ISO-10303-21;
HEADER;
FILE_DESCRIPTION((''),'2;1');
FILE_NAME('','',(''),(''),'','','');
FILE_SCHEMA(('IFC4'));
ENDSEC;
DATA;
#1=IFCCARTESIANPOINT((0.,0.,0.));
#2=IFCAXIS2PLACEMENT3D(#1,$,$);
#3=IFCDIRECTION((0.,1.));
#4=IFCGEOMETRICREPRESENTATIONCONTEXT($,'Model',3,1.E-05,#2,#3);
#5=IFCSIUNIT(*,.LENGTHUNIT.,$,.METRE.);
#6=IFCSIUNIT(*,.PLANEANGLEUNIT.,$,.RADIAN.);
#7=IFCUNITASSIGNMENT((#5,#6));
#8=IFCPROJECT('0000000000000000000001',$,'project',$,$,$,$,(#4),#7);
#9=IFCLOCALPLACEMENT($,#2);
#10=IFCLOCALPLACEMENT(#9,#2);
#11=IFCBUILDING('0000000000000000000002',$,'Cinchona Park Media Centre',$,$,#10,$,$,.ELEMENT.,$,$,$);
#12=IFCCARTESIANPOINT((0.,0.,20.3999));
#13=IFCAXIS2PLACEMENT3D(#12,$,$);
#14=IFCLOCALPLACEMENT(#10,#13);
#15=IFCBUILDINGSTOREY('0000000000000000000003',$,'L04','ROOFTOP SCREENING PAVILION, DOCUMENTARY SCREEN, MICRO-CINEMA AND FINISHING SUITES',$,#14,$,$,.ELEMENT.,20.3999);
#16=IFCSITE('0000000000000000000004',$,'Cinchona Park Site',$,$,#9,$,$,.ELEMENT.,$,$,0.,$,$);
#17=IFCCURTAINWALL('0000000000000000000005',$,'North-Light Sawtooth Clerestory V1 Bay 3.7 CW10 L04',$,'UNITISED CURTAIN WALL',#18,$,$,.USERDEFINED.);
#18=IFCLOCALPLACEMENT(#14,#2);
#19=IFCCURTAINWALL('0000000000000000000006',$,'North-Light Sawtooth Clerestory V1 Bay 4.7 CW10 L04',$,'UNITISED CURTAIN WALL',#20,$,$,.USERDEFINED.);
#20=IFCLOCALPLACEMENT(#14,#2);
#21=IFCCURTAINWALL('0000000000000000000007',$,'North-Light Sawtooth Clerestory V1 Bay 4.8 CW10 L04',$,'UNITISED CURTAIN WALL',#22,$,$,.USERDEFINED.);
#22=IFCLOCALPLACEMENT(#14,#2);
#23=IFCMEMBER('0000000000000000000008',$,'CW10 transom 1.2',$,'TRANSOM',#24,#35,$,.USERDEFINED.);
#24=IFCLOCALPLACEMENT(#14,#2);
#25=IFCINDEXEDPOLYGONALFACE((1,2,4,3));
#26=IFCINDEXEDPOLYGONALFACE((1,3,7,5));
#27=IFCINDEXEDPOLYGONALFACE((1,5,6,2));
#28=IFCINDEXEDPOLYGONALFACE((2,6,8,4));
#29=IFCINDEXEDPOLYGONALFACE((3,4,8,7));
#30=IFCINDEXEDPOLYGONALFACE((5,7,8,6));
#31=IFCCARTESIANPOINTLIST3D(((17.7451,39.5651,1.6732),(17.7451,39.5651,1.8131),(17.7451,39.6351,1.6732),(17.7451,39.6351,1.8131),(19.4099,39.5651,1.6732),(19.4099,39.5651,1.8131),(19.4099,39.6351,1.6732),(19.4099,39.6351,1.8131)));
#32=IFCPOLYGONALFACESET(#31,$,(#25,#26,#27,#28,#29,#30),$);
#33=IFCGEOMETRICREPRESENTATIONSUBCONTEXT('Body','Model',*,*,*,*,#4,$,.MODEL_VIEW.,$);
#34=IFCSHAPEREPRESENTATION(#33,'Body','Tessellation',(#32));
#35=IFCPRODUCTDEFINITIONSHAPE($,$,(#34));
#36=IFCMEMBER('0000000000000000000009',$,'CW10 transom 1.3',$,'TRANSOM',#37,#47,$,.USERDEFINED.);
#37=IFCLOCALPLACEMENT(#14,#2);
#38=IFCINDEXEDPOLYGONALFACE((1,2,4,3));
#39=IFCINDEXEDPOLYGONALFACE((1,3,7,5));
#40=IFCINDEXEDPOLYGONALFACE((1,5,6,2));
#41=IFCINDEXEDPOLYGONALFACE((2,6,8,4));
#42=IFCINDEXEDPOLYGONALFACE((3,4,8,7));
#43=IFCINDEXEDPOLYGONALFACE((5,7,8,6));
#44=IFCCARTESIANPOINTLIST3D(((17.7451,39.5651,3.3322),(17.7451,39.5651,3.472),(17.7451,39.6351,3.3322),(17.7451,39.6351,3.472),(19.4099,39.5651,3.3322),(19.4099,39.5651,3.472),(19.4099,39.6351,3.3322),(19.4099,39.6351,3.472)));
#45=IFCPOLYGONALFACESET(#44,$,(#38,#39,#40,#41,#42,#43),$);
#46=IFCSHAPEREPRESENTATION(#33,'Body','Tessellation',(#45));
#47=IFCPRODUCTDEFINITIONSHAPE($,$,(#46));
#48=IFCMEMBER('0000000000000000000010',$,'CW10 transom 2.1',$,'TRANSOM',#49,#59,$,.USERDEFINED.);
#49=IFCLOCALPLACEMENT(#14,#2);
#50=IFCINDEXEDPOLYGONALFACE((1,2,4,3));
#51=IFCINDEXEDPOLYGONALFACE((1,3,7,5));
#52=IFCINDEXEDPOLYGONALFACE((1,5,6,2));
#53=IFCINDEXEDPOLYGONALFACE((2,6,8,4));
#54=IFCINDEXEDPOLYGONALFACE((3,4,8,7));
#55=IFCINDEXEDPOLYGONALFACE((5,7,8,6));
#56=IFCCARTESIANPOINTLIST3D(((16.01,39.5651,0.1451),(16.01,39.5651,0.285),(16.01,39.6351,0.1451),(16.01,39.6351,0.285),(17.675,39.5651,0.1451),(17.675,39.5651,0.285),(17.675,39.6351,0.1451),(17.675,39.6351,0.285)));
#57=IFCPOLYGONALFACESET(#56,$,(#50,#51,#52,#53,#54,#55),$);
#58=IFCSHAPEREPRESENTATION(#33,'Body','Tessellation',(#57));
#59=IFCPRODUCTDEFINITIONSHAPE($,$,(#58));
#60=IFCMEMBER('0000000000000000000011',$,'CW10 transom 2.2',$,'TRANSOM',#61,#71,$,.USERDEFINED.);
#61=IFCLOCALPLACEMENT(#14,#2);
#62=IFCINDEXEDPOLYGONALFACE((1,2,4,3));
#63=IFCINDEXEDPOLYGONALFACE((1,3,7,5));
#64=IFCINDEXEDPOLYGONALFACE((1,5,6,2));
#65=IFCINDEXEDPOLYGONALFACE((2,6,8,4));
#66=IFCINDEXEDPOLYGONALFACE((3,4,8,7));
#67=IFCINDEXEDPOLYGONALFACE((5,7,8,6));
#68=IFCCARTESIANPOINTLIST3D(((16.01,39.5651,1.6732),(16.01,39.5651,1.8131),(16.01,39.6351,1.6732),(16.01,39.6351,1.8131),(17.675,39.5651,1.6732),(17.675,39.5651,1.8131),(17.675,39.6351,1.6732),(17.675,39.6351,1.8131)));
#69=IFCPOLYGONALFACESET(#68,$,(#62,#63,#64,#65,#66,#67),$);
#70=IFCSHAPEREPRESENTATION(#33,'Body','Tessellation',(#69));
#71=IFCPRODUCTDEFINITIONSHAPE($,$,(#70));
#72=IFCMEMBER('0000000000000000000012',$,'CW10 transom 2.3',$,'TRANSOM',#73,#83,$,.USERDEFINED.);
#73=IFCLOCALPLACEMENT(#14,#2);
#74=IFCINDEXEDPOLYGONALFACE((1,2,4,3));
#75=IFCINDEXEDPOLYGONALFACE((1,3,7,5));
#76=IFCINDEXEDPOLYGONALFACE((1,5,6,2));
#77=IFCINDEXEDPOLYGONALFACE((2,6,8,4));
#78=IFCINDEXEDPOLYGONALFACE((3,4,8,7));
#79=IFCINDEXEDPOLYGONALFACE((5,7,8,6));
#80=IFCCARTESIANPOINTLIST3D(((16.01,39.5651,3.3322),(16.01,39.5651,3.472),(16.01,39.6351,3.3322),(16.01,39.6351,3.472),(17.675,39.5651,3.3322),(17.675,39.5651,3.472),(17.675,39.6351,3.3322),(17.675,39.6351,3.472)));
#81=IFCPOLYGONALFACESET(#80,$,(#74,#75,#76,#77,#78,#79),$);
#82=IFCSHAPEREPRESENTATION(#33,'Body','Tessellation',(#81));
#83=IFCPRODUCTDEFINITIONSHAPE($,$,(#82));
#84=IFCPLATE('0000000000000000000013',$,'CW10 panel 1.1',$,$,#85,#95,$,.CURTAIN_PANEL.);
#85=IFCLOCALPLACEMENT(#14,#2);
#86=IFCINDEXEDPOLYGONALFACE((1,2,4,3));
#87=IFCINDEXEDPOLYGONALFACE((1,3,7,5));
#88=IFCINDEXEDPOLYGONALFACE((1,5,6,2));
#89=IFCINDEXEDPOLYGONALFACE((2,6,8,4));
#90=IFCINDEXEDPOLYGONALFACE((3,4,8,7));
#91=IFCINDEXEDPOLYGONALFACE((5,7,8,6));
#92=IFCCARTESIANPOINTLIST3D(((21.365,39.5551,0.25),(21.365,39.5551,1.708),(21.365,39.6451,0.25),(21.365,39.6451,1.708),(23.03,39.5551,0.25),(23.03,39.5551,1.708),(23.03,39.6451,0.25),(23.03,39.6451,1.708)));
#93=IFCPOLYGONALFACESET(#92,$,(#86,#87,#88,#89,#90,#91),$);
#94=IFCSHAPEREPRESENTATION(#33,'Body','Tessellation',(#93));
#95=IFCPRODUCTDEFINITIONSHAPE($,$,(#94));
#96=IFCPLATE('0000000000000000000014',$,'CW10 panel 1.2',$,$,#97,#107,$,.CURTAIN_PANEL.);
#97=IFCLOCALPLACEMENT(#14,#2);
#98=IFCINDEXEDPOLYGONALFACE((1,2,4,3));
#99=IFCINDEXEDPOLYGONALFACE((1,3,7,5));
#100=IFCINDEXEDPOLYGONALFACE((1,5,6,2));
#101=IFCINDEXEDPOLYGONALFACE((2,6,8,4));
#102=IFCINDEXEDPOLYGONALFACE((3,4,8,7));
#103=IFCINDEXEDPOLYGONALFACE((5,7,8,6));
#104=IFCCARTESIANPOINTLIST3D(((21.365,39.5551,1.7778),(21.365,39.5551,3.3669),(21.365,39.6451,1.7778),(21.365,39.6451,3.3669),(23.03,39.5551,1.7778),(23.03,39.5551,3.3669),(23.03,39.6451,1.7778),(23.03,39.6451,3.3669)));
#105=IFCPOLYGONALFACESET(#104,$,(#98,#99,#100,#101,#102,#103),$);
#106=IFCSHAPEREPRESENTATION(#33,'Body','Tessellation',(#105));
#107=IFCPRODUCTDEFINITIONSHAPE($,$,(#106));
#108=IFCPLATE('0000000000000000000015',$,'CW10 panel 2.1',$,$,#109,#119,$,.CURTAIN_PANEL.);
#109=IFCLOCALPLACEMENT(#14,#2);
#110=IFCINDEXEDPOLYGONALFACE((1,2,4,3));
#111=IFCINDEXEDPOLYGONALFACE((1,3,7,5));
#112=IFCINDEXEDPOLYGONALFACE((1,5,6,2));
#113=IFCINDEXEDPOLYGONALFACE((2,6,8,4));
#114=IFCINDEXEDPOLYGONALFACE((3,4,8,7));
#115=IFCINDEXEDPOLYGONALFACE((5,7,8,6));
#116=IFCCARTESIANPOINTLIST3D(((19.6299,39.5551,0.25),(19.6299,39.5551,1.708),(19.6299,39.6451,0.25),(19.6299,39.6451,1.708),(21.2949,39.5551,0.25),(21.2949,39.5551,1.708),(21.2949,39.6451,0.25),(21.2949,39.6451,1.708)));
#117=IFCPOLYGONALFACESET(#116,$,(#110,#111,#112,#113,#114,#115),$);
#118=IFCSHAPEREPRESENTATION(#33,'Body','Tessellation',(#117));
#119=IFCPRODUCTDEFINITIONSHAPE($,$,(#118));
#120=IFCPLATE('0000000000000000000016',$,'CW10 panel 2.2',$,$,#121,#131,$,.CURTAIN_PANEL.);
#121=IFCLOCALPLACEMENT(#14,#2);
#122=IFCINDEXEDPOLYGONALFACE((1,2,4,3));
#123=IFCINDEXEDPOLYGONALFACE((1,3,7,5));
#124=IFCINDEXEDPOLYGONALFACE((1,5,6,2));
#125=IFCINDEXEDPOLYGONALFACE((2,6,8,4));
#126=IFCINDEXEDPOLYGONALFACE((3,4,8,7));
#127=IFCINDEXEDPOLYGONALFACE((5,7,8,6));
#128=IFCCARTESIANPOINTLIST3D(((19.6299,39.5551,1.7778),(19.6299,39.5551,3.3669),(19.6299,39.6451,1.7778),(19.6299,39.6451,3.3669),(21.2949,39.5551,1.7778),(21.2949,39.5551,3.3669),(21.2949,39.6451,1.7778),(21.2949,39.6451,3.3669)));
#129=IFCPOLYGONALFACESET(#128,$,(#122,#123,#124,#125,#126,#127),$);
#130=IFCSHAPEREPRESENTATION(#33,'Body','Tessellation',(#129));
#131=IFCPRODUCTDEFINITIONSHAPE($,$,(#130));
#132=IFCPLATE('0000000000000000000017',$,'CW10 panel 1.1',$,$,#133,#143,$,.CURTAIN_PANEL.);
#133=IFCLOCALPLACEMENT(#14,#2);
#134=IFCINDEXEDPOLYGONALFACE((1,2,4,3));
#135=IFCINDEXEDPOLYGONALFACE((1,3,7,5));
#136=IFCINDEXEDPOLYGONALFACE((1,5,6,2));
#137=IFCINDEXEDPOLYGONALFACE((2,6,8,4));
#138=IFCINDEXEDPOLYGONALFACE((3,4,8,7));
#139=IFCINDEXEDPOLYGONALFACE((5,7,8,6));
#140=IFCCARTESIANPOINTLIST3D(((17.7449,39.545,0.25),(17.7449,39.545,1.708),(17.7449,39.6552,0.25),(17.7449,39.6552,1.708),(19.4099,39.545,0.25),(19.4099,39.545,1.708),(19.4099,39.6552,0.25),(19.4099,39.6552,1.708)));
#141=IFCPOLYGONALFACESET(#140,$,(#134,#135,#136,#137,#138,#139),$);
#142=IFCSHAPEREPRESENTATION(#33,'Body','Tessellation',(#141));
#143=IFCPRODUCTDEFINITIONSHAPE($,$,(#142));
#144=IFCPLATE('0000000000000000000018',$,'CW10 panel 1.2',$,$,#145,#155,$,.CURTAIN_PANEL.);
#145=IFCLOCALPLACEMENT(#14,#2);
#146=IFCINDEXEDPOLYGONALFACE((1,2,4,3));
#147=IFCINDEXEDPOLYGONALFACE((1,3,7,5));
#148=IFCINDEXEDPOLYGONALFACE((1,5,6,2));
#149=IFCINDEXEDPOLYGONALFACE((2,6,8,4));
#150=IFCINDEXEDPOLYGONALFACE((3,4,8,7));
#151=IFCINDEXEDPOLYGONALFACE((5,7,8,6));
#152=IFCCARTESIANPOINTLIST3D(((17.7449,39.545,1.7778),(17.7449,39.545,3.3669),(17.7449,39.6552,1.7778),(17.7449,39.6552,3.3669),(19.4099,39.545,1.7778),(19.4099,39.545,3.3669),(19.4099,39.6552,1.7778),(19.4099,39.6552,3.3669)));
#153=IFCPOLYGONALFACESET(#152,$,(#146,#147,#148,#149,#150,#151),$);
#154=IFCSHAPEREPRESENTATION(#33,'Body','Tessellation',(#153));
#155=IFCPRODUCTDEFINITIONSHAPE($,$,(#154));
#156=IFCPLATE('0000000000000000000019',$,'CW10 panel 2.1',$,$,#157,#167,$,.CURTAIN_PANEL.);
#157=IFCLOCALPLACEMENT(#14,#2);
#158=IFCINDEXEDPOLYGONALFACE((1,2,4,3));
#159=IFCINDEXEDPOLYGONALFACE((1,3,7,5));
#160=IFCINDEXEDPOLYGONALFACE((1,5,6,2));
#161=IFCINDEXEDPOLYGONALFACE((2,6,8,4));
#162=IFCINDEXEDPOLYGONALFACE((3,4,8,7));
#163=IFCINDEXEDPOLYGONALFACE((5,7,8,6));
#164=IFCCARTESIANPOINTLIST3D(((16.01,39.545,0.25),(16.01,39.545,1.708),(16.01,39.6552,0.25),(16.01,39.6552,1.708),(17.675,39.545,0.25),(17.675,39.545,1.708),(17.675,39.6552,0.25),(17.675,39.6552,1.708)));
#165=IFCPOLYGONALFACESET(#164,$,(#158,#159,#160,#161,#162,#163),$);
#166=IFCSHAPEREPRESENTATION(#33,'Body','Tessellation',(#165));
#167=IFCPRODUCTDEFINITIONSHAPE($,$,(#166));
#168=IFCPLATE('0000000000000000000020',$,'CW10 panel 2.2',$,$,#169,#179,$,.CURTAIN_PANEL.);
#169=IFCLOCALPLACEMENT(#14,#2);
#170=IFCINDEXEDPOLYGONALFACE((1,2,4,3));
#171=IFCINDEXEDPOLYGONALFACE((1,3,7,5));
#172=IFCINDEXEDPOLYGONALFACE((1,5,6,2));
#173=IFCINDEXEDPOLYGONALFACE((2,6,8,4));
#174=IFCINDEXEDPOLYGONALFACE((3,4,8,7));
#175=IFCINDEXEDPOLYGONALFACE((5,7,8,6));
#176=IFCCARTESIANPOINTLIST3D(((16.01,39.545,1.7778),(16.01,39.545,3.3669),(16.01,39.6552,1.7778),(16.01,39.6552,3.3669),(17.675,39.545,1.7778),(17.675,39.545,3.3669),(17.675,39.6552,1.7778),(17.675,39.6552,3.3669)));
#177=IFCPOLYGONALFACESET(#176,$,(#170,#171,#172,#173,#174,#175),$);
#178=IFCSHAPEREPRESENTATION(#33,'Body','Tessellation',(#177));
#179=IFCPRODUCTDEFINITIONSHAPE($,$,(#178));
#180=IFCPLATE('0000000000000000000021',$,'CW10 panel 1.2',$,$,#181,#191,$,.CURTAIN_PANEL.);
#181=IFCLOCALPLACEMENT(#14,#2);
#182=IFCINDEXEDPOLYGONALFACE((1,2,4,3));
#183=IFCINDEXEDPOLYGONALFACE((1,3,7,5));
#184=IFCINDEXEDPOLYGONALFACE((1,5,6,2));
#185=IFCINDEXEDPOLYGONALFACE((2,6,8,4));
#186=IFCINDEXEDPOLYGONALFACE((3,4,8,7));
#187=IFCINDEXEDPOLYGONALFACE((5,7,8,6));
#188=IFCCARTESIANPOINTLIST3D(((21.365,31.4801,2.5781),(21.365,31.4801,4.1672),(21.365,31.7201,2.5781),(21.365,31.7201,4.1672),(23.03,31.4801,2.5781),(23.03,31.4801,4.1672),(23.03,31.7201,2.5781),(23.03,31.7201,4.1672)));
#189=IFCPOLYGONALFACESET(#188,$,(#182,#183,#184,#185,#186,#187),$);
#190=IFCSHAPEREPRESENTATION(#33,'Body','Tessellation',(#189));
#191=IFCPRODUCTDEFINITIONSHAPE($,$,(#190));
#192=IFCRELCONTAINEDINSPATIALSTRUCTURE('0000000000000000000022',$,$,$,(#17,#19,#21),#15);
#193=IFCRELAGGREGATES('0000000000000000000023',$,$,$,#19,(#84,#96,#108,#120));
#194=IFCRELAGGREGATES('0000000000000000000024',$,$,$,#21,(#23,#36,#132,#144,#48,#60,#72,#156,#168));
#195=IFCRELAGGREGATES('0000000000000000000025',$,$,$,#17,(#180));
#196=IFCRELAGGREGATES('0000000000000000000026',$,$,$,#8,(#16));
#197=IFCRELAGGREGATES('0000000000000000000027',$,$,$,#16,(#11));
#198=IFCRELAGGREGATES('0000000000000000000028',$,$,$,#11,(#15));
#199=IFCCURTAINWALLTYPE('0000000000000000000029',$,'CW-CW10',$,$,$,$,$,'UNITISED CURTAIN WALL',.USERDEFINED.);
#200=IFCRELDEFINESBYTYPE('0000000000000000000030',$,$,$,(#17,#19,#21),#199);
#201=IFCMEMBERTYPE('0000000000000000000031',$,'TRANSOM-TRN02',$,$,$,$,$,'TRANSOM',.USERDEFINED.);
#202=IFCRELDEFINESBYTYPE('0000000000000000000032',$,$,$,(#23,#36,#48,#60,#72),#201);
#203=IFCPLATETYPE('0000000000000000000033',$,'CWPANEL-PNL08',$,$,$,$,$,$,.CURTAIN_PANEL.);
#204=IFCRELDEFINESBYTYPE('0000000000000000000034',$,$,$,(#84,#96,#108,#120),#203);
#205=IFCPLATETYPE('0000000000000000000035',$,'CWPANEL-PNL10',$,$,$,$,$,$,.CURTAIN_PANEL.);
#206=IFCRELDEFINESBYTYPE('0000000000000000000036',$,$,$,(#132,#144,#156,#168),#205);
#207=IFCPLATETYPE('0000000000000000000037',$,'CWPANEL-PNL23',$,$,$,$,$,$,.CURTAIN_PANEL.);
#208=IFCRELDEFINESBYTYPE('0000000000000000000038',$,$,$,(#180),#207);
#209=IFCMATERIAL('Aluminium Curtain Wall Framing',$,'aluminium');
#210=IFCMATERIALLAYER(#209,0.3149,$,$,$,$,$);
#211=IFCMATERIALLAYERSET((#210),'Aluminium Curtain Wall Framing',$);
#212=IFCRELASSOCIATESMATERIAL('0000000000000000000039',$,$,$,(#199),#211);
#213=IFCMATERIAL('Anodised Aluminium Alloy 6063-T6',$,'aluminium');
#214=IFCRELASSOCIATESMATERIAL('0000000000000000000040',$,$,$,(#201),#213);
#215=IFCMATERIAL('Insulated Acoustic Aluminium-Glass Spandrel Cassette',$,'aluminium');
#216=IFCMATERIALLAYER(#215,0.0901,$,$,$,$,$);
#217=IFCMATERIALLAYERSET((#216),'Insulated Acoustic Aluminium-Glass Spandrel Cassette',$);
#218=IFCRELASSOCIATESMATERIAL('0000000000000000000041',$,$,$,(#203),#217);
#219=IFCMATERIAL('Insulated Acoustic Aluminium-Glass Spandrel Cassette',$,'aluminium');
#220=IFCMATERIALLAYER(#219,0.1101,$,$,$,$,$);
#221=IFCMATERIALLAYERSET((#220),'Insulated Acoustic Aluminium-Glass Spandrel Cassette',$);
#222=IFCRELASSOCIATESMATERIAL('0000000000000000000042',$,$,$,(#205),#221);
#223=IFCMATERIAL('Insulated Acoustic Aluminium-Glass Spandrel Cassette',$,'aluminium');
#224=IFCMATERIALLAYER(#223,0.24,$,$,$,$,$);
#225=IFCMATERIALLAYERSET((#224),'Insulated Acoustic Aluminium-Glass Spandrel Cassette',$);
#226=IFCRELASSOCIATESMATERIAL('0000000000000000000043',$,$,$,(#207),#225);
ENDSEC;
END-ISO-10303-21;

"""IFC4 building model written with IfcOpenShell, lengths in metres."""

from ifc_helpers import new_model, si_unit, direction, frame, origin, origin_2d, place, context, subcontext, project, spatial, rectangle, extrude, material, layer, layer_set, material_profile, profile_set, type_object, element, aggregate, save


model = new_model("IFC4")

# Units and contexts
model_context = context("Model", 3, precision=1e-05, world=origin(), true_north=direction((0.0, 1.0)))
body_context = subcontext(model_context, "Body", "Model", "MODEL_VIEW")
ifc_project = project(units=[si_unit("LENGTHUNIT", "METRE"), si_unit("PLANEANGLEUNIT", "RADIAN")], contexts=[model_context])

# Site, building, storey
site_placement = place(None, origin())
site = spatial("IfcSite", under=ifc_project, at=site_placement, Name="Cinchona Park Site", CompositionType="ELEMENT", RefElevation=0.0)
building_placement = place(site_placement, origin())
building = spatial("IfcBuilding", under=site, at=building_placement, Name="Cinchona Park Media Centre", CompositionType="ELEMENT")
storey_placement = place(building_placement, frame((0.0, 0.0, 20.3999)))
storey = spatial("IfcBuildingStorey", under=building, at=storey_placement, Name="L04", Description="ROOFTOP SCREENING PAVILION, DOCUMENTARY SCREEN, MICRO-CINEMA AND FINISHING SUITES", CompositionType="ELEMENT", Elevation=20.3999)

# Curtain wall
ifc_material_1 = material(Name="Aluminium Curtain Wall Framing", Category="aluminium")
ifc_layer_1 = layer(ifc_material_1, 0.3149)
ifc_layer_set_1 = layer_set([ifc_layer_1], Name="Aluminium Curtain Wall Framing")
curtain_wall_type = type_object("IfcCurtainWallType", Name="CW-CW10", ElementType="UNITISED CURTAIN WALL", PredefinedType="USERDEFINED", material=ifc_layer_set_1)
curtain_wall_1_placement = place(storey_placement, origin())
curtain_wall_1 = element("IfcCurtainWall", 1, at=curtain_wall_1_placement, inside=storey, type_object=curtain_wall_type, Name="North-Light Sawtooth Clerestory V1 Bay 3.7 CW10 L04", ObjectType="UNITISED CURTAIN WALL", PredefinedType="USERDEFINED")

# Curtain walls
curtain_wall_2_placement = place(storey_placement, origin())
curtain_wall_2 = element("IfcCurtainWall", 2, at=curtain_wall_2_placement, inside=storey, type_object=curtain_wall_type, Name="North-Light Sawtooth Clerestory V1 Bay 4.7 CW10 L04", ObjectType="UNITISED CURTAIN WALL", PredefinedType="USERDEFINED")
curtain_wall_3_placement = place(storey_placement, origin())
curtain_wall_3 = element("IfcCurtainWall", 3, at=curtain_wall_3_placement, inside=storey, type_object=curtain_wall_type, Name="North-Light Sawtooth Clerestory V1 Bay 4.8 CW10 L04", ObjectType="UNITISED CURTAIN WALL", PredefinedType="USERDEFINED")

# Members
ifc_material_2 = material(Name="Anodised Aluminium Alloy 6063-T6", Category="aluminium")
ifc_material_profile_1 = material_profile(ifc_material_2, rectangle(XDim=0.0701, YDim=0.1399, at=origin_2d()), Name="TRN-70X140")
ifc_profile_set_1 = profile_set([ifc_material_profile_1], Name="Anodised Aluminium Alloy 6063-T6")
member_type_1 = type_object("IfcMemberType", Name="TRANSOM-TRN02", ElementType="TRANSOM", PredefinedType="USERDEFINED", material=ifc_profile_set_1)
member_1_placement = place(storey_placement, frame((19.4099, 39.6001, 1.7432), z_axis=(-1.0, 0.0, 0.0), x_axis=(0.0, -1.0, 0.0)))
member_1 = element("IfcMember", 4, at=member_1_placement, type_object=member_type_1, Name="CW10 transom 1.2", ObjectType="TRANSOM", PredefinedType="USERDEFINED", context=body_context, shape_type="SweptSolid", body=[
    extrude(rectangle(XDim=0.0701, YDim=0.1399, at=origin_2d()), origin(), (0.0, 0.0, 1.0), 1.6648),
])
member_2_placement = place(storey_placement, frame((19.4099, 39.6001, 3.4021), z_axis=(-1.0, 0.0, 0.0), x_axis=(0.0, -1.0, 0.0)))
member_2 = element("IfcMember", 5, at=member_2_placement, type_object=member_type_1, Name="CW10 transom 1.3", ObjectType="TRANSOM", PredefinedType="USERDEFINED", context=body_context, shape_type="SweptSolid", body=[
    extrude(rectangle(XDim=0.0701, YDim=0.1399, at=origin_2d()), origin(), (0.0, 0.0, 1.0), 1.6648),
])
member_3_placement = place(storey_placement, frame((17.675, 39.6001, 0.2151), z_axis=(-1.0, 0.0, 0.0), x_axis=(0.0, -1.0, 0.0)))
member_3 = element("IfcMember", 6, at=member_3_placement, type_object=member_type_1, Name="CW10 transom 2.1", ObjectType="TRANSOM", PredefinedType="USERDEFINED", context=body_context, shape_type="SweptSolid", body=[
    extrude(rectangle(XDim=0.0701, YDim=0.1399, at=origin_2d()), origin(), (0.0, 0.0, 1.0), 1.665),
])
member_4_placement = place(storey_placement, frame((17.675, 39.6001, 1.7432), z_axis=(-1.0, 0.0, 0.0), x_axis=(0.0, -1.0, 0.0)))
member_4 = element("IfcMember", 7, at=member_4_placement, type_object=member_type_1, Name="CW10 transom 2.2", ObjectType="TRANSOM", PredefinedType="USERDEFINED", context=body_context, shape_type="SweptSolid", body=[
    extrude(rectangle(XDim=0.0701, YDim=0.1399, at=origin_2d()), origin(), (0.0, 0.0, 1.0), 1.665),
])
member_5_placement = place(storey_placement, frame((17.675, 39.6001, 3.4021), z_axis=(-1.0, 0.0, 0.0), x_axis=(0.0, -1.0, 0.0)))
member_5 = element("IfcMember", 8, at=member_5_placement, type_object=member_type_1, Name="CW10 transom 2.3", ObjectType="TRANSOM", PredefinedType="USERDEFINED", context=body_context, shape_type="SweptSolid", body=[
    extrude(rectangle(XDim=0.0701, YDim=0.1399, at=origin_2d()), origin(), (0.0, 0.0, 1.0), 1.665),
])

# Plates
ifc_material_3 = material(Name="Insulated Acoustic Aluminium-Glass Spandrel Cassette", Category="aluminium")
ifc_layer_2 = layer(ifc_material_3, 0.0901)
ifc_layer_set_2 = layer_set([ifc_layer_2], Name="Insulated Acoustic Aluminium-Glass Spandrel Cassette")
plate_type_1 = type_object("IfcPlateType", Name="CWPANEL-PNL08", PredefinedType="CURTAIN_PANEL", material=ifc_layer_set_2)
plate_1_placement = place(storey_placement, frame((22.1975, 39.6001, 0.25), z_axis=(0.0, 0.0, 1.0), x_axis=(-1.0, 0.0, 0.0)))
plate_1 = element("IfcPlate", 9, at=plate_1_placement, type_object=plate_type_1, Name="CW10 panel 1.1", PredefinedType="CURTAIN_PANEL", context=body_context, shape_type="SweptSolid", body=[
    extrude(rectangle(XDim=1.665, YDim=0.0901, at=origin_2d()), origin(), (0.0, 0.0, 1.0), 1.458),
])
plate_2_placement = place(storey_placement, frame((22.1975, 39.6001, 1.7778), z_axis=(0.0, 0.0, 1.0), x_axis=(-1.0, 0.0, 0.0)))
plate_2 = element("IfcPlate", 10, at=plate_2_placement, type_object=plate_type_1, Name="CW10 panel 1.2", PredefinedType="CURTAIN_PANEL", context=body_context, shape_type="SweptSolid", body=[
    extrude(rectangle(XDim=1.665, YDim=0.0901, at=origin_2d()), origin(), (0.0, 0.0, 1.0), 1.5891),
])
plate_3_placement = place(storey_placement, frame((20.4624, 39.6001, 0.25), z_axis=(0.0, 0.0, 1.0), x_axis=(-1.0, 0.0, 0.0)))
plate_3 = element("IfcPlate", 11, at=plate_3_placement, type_object=plate_type_1, Name="CW10 panel 2.1", PredefinedType="CURTAIN_PANEL", context=body_context, shape_type="SweptSolid", body=[
    extrude(rectangle(XDim=1.665, YDim=0.0901, at=origin_2d()), origin(), (0.0, 0.0, 1.0), 1.458),
])
plate_4_placement = place(storey_placement, frame((20.4624, 39.6001, 1.7778), z_axis=(0.0, 0.0, 1.0), x_axis=(-1.0, 0.0, 0.0)))
plate_4 = element("IfcPlate", 12, at=plate_4_placement, type_object=plate_type_1, Name="CW10 panel 2.2", PredefinedType="CURTAIN_PANEL", context=body_context, shape_type="SweptSolid", body=[
    extrude(rectangle(XDim=1.665, YDim=0.0901, at=origin_2d()), origin(), (0.0, 0.0, 1.0), 1.5891),
])
aggregate(curtain_wall_2, [plate_1, plate_2, plate_3, plate_4])
ifc_material_4 = material(Name="Insulated Acoustic Aluminium-Glass Spandrel Cassette", Category="aluminium")
ifc_layer_3 = layer(ifc_material_4, 0.1101)
ifc_layer_set_3 = layer_set([ifc_layer_3], Name="Insulated Acoustic Aluminium-Glass Spandrel Cassette")
plate_type_2 = type_object("IfcPlateType", Name="CWPANEL-PNL10", PredefinedType="CURTAIN_PANEL", material=ifc_layer_set_3)
plate_5_placement = place(storey_placement, frame((18.5774, 39.6001, 0.25), z_axis=(0.0, 0.0, 1.0), x_axis=(-1.0, 0.0, 0.0)))
plate_5 = element("IfcPlate", 13, at=plate_5_placement, type_object=plate_type_2, Name="CW10 panel 1.1", PredefinedType="CURTAIN_PANEL", context=body_context, shape_type="SweptSolid", body=[
    extrude(rectangle(XDim=1.665, YDim=0.1101, at=origin_2d()), origin(), (0.0, 0.0, 1.0), 1.458),
])
plate_6_placement = place(storey_placement, frame((18.5774, 39.6001, 1.7778), z_axis=(0.0, 0.0, 1.0), x_axis=(-1.0, 0.0, 0.0)))
plate_6 = element("IfcPlate", 14, at=plate_6_placement, type_object=plate_type_2, Name="CW10 panel 1.2", PredefinedType="CURTAIN_PANEL", context=body_context, shape_type="SweptSolid", body=[
    extrude(rectangle(XDim=1.665, YDim=0.1101, at=origin_2d()), origin(), (0.0, 0.0, 1.0), 1.5891),
])
plate_7_placement = place(storey_placement, frame((16.8425, 39.6001, 0.25), z_axis=(0.0, 0.0, 1.0), x_axis=(-1.0, 0.0, 0.0)))
plate_7 = element("IfcPlate", 15, at=plate_7_placement, type_object=plate_type_2, Name="CW10 panel 2.1", PredefinedType="CURTAIN_PANEL", context=body_context, shape_type="SweptSolid", body=[
    extrude(rectangle(XDim=1.665, YDim=0.1101, at=origin_2d()), origin(), (0.0, 0.0, 1.0), 1.458),
])
plate_8_placement = place(storey_placement, frame((16.8425, 39.6001, 1.7778), z_axis=(0.0, 0.0, 1.0), x_axis=(-1.0, 0.0, 0.0)))
plate_8 = element("IfcPlate", 16, at=plate_8_placement, type_object=plate_type_2, Name="CW10 panel 2.2", PredefinedType="CURTAIN_PANEL", context=body_context, shape_type="SweptSolid", body=[
    extrude(rectangle(XDim=1.665, YDim=0.1101, at=origin_2d()), origin(), (0.0, 0.0, 1.0), 1.5891),
])
aggregate(curtain_wall_3, [member_1, member_2, plate_5, plate_6, member_3, member_4, member_5, plate_7, plate_8])
ifc_material_5 = material(Name="Insulated Acoustic Aluminium-Glass Spandrel Cassette", Category="aluminium")
ifc_layer_4 = layer(ifc_material_5, 0.24)
ifc_layer_set_4 = layer_set([ifc_layer_4], Name="Insulated Acoustic Aluminium-Glass Spandrel Cassette")
plate_type_3 = type_object("IfcPlateType", Name="CWPANEL-PNL23", PredefinedType="CURTAIN_PANEL", material=ifc_layer_set_4)
plate_9_placement = place(storey_placement, frame((22.1975, 31.6001, 2.5781), z_axis=(0.0, 0.0, 1.0), x_axis=(-1.0, 0.0, 0.0)))
plate_9 = element("IfcPlate", 17, at=plate_9_placement, type_object=plate_type_3, Name="CW10 panel 1.2", PredefinedType="CURTAIN_PANEL", context=body_context, shape_type="SweptSolid", body=[
    extrude(rectangle(XDim=1.665, YDim=0.24, at=origin_2d()), origin(), (0.0, 0.0, 1.0), 1.5891),
])
aggregate(curtain_wall_1, [plate_9])

save(model, "model.ifc")
